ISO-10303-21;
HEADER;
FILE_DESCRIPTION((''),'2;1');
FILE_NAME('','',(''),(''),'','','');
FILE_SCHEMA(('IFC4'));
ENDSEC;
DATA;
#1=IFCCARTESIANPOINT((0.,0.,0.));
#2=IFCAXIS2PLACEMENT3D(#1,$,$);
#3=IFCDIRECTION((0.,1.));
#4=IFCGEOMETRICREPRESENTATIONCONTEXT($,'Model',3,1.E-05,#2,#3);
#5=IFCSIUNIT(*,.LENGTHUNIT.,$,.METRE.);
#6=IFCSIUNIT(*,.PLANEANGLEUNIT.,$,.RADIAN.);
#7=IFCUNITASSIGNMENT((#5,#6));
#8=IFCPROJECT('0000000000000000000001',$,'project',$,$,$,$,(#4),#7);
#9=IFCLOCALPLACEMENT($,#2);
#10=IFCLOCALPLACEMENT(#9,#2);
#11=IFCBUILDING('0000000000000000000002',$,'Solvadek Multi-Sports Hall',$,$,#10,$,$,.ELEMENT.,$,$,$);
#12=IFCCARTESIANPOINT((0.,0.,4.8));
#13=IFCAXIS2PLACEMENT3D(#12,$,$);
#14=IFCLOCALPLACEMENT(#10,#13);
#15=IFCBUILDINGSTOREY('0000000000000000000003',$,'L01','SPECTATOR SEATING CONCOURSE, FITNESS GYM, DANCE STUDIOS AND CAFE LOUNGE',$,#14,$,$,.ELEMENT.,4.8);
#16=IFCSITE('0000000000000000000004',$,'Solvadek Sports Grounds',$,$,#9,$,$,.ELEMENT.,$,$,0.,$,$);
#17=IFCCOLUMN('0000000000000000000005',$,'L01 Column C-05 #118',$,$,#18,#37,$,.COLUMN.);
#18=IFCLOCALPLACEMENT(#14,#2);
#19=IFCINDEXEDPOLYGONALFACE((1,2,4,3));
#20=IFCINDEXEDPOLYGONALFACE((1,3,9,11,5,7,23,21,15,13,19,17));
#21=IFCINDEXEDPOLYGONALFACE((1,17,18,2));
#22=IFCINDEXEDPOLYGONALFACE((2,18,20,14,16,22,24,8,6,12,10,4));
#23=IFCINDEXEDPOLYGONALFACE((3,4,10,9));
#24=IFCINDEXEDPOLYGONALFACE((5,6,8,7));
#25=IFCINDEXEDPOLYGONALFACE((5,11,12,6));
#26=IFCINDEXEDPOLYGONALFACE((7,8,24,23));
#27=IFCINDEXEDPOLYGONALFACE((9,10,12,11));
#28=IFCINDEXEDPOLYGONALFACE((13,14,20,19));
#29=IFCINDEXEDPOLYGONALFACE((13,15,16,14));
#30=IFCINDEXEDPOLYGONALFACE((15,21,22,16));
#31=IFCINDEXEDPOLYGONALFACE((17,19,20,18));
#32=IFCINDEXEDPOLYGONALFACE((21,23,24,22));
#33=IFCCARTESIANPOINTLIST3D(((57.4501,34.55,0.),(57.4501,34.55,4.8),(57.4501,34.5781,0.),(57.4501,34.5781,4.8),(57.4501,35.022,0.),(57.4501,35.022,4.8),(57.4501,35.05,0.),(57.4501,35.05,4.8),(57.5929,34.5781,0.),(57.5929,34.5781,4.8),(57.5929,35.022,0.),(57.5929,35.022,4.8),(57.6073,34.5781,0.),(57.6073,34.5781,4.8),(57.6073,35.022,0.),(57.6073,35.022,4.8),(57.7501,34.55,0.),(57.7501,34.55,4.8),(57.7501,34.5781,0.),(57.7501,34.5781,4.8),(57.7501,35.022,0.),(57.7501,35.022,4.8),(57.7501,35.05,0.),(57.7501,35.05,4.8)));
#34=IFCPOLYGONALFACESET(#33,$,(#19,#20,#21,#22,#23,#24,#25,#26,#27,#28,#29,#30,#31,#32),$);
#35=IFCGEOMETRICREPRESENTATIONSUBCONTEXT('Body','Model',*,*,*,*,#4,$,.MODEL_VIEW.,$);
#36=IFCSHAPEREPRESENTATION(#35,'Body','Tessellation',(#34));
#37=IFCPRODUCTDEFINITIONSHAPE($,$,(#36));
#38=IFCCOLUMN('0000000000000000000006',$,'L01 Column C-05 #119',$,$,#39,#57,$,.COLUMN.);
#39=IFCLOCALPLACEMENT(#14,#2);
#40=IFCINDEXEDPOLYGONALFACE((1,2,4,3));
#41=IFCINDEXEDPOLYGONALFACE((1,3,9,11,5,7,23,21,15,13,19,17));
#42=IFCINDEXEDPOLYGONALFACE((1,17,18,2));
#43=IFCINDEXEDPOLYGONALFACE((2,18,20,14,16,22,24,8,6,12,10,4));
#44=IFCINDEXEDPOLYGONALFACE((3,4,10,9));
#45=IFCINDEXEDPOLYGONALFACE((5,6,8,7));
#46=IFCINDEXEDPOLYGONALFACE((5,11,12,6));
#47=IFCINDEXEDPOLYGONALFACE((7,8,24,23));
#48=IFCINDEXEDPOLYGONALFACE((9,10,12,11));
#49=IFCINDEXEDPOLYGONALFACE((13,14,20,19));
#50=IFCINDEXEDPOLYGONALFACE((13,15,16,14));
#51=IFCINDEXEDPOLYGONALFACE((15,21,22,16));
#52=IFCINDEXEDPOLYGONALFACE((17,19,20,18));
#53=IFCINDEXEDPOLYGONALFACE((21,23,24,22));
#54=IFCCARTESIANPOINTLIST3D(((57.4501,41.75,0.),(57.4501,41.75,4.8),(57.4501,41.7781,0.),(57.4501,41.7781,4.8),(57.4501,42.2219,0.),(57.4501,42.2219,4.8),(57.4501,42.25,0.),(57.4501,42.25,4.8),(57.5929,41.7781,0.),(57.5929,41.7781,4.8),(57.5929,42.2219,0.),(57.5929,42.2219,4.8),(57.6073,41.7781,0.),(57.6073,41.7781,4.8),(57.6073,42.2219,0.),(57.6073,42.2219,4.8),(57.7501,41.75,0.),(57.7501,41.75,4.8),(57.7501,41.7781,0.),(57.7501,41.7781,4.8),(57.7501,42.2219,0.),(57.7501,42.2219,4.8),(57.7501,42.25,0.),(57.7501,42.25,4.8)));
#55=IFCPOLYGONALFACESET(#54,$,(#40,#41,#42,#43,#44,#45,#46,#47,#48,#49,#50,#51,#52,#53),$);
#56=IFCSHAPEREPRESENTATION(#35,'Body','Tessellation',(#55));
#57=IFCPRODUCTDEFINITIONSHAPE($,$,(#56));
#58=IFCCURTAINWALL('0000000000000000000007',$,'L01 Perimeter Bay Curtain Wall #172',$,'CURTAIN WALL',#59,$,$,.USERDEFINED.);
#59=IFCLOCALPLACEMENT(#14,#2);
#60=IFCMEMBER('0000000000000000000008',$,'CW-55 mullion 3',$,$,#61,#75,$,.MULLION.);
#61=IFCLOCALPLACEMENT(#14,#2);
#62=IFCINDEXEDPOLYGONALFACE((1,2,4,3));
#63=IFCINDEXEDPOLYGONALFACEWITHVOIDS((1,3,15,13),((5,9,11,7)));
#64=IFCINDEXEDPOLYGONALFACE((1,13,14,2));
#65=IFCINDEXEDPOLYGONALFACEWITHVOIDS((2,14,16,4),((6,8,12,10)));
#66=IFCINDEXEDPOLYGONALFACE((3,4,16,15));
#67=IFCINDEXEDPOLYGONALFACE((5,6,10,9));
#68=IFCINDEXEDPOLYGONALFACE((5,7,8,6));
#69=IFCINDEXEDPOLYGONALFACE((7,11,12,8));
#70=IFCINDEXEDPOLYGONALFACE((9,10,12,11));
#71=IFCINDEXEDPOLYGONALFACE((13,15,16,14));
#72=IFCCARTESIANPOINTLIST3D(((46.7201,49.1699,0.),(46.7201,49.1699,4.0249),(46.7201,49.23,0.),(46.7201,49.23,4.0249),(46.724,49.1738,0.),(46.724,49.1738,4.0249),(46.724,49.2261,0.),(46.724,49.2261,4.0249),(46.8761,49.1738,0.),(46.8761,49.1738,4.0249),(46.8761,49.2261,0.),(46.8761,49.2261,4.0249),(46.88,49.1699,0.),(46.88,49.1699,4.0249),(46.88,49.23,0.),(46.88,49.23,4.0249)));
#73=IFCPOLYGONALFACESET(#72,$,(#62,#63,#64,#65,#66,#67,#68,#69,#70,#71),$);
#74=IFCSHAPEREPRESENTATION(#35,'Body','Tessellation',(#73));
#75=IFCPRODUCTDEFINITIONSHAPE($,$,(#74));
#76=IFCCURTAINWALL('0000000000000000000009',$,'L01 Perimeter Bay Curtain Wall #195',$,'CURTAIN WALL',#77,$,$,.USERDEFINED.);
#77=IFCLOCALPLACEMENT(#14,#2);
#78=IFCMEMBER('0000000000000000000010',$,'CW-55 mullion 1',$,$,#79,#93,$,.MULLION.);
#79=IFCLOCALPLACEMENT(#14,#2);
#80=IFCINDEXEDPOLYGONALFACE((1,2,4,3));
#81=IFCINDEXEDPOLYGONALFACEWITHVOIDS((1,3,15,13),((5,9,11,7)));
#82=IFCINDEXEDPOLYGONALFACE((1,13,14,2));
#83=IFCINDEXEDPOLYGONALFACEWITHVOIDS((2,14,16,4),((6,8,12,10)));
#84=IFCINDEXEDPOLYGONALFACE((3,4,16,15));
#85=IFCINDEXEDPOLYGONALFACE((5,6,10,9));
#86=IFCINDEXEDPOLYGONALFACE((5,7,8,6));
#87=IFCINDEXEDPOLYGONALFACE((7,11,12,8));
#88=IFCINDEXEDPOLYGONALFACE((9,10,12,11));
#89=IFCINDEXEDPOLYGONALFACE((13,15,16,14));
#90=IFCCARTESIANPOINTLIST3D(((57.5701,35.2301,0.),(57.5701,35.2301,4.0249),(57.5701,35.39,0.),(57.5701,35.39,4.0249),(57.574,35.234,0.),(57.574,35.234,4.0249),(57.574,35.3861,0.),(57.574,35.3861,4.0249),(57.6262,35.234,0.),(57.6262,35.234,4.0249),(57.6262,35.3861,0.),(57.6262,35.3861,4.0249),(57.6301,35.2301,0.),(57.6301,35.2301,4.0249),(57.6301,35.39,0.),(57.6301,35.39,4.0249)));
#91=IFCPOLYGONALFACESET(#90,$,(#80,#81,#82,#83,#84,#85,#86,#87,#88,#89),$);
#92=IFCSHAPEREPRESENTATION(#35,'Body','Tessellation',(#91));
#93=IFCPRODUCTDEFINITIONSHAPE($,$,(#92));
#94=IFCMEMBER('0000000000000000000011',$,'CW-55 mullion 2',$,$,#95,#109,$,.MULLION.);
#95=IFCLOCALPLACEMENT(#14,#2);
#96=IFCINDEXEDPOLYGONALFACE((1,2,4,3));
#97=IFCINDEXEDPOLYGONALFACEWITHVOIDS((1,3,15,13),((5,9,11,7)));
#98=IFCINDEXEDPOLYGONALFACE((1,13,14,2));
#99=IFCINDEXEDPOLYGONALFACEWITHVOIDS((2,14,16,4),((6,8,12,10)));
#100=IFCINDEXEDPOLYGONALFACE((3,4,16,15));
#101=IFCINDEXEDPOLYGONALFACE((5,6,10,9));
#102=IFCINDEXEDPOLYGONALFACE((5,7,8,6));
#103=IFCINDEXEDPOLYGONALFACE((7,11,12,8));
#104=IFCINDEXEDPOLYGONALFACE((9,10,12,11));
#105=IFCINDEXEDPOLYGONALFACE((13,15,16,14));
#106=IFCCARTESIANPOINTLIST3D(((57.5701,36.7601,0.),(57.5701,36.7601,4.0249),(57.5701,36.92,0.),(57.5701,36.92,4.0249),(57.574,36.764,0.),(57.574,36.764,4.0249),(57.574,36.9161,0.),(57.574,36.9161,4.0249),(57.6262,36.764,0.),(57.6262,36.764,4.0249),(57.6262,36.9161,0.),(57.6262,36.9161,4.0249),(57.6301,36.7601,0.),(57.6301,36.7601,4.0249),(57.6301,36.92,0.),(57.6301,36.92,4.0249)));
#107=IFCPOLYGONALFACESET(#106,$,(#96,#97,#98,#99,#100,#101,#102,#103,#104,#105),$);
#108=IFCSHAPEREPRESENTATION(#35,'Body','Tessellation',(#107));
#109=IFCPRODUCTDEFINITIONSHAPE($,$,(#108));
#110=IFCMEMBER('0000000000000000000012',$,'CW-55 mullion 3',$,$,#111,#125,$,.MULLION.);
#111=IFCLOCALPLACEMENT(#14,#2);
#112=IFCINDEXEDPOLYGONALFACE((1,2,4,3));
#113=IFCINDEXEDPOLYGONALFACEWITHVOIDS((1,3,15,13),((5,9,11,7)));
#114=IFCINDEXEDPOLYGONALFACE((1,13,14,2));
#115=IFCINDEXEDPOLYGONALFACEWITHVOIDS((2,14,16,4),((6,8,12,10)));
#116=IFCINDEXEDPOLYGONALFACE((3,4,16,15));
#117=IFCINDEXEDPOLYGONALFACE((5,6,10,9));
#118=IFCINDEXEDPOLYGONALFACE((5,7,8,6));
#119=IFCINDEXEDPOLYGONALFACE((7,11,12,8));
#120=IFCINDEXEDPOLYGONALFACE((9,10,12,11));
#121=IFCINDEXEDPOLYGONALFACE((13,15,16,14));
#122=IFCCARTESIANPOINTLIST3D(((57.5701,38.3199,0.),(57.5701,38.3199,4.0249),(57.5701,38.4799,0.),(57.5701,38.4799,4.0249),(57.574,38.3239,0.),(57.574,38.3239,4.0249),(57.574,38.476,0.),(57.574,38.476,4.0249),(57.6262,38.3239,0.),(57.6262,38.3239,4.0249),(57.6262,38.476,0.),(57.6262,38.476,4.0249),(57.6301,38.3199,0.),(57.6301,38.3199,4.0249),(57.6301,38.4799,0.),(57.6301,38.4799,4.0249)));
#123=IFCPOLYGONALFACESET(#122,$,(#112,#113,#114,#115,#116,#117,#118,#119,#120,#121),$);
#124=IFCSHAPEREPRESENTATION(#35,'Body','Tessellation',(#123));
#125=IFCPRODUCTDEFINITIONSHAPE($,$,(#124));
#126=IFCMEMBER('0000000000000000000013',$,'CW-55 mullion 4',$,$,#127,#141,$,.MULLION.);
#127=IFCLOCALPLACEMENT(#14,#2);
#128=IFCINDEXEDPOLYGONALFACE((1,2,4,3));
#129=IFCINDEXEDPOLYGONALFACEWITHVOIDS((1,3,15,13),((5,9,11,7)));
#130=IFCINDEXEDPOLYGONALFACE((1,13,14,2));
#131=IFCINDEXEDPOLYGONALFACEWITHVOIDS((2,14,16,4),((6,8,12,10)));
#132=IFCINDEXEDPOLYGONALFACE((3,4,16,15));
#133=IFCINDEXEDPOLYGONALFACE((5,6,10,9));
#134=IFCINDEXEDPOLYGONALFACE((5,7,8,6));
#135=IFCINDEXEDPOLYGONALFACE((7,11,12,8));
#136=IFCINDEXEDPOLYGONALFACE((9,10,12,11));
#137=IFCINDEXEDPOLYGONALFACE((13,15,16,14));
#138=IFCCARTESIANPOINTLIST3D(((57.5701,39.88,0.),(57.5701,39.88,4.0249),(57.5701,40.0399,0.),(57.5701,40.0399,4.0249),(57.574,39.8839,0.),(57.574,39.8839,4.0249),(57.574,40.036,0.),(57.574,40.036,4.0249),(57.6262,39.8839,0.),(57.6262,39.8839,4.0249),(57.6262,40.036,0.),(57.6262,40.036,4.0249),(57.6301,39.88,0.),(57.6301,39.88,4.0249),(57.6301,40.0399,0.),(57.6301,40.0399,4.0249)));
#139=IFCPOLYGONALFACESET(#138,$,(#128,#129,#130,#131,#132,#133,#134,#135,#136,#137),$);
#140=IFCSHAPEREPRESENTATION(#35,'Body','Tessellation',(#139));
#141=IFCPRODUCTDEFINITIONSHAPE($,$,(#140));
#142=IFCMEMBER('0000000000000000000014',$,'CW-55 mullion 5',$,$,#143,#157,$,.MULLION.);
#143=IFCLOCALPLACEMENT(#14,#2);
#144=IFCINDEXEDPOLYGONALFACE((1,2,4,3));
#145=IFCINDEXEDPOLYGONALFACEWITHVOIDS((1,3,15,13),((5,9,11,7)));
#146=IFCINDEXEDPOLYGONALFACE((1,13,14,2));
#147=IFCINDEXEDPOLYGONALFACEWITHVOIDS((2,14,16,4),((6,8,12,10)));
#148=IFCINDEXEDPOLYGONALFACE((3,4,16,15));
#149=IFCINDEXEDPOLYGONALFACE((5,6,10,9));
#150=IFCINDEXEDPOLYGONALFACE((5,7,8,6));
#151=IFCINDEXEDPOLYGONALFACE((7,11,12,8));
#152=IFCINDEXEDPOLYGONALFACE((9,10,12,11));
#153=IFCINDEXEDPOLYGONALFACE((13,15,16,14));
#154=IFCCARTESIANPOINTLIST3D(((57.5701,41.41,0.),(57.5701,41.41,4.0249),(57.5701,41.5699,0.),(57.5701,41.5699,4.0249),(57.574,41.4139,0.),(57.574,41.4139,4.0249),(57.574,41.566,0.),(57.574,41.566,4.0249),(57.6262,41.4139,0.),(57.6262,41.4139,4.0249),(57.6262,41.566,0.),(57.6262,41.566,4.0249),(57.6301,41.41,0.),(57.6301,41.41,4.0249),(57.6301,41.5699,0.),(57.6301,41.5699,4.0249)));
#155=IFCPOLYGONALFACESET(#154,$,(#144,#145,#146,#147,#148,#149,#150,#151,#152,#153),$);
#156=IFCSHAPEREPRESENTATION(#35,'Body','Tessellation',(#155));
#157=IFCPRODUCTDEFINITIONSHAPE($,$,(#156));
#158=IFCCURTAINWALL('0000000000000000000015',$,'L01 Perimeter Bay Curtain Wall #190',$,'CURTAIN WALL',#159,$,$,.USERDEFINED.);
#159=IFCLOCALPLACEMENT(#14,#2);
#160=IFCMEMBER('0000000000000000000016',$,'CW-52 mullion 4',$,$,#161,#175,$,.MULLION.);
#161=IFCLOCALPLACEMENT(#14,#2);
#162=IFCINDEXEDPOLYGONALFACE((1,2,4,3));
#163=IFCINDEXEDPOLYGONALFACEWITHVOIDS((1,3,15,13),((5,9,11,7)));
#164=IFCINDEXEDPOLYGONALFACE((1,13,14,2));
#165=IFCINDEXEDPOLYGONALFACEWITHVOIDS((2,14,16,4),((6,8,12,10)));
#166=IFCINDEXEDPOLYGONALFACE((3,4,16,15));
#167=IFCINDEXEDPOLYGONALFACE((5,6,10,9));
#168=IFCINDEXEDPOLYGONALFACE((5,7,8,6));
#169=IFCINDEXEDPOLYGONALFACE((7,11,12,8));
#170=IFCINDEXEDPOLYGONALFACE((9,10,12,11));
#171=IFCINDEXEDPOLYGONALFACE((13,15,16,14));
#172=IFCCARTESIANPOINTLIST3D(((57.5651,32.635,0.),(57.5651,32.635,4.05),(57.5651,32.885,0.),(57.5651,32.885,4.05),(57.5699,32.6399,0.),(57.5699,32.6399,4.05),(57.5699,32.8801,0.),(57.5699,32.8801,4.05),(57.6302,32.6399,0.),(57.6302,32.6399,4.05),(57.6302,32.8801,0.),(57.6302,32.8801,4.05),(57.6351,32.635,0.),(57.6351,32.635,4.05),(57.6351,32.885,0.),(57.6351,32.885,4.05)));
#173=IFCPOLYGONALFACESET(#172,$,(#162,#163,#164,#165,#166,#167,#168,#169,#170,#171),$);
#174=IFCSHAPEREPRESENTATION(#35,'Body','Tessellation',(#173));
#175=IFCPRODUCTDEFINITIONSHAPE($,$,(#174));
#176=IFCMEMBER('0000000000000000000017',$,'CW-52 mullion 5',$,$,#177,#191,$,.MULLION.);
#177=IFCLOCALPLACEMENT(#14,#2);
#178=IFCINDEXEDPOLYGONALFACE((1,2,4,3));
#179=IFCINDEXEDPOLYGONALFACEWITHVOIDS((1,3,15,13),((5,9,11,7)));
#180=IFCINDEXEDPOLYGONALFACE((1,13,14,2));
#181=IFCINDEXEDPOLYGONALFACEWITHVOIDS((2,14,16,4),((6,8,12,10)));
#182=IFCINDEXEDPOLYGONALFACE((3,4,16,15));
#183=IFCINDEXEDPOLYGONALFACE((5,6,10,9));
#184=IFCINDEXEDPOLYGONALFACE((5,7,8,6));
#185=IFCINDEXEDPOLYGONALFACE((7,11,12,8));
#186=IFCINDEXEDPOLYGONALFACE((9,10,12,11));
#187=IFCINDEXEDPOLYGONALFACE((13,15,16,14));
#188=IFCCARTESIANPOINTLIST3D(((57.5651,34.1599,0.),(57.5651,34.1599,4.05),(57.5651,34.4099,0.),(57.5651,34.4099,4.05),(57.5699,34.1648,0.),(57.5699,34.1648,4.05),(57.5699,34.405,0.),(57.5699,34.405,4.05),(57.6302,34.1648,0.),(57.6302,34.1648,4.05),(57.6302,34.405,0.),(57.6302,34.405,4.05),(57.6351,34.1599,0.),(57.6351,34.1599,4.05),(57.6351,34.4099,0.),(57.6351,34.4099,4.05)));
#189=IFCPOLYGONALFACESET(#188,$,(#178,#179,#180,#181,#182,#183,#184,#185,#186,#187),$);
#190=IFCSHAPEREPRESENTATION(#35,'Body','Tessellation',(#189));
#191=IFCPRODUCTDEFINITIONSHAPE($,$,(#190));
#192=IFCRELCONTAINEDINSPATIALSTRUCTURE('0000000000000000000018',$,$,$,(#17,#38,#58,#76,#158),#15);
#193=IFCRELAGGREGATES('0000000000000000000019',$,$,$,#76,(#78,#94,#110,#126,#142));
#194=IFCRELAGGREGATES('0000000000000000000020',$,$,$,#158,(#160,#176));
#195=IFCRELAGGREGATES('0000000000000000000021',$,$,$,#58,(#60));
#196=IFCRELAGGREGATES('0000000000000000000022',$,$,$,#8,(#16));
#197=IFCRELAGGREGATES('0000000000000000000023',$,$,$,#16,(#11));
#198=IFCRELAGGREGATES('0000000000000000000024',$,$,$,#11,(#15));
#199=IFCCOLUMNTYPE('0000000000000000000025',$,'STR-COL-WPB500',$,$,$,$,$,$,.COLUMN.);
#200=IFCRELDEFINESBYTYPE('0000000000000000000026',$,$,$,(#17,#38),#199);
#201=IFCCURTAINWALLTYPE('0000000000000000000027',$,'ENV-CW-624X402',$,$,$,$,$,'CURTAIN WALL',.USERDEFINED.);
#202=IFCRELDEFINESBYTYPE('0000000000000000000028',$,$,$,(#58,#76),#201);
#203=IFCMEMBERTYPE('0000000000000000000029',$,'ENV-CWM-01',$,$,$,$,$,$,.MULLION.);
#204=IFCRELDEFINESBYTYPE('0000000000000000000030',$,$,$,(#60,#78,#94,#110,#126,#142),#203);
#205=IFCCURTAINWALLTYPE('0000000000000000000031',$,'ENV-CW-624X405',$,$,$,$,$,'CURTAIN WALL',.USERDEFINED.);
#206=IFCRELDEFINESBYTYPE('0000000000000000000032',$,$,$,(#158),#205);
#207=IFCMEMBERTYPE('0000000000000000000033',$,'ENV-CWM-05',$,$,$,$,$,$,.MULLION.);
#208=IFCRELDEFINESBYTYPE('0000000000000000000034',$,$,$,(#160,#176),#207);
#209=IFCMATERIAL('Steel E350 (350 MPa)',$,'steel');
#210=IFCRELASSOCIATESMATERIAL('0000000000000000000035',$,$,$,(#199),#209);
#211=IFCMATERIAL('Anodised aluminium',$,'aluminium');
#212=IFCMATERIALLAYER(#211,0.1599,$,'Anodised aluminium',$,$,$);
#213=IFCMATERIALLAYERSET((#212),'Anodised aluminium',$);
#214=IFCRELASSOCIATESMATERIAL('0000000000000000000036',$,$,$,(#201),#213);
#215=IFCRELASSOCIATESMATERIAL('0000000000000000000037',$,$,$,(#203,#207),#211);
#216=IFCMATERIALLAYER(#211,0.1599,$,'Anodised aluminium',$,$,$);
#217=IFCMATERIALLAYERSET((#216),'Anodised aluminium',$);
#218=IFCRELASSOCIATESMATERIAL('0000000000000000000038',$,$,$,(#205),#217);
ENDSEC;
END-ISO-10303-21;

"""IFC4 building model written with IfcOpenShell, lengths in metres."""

from ifc_helpers import new_model, si_unit, direction, frame, origin, origin_2d, place, context, subcontext, project, spatial, hollow_rectangle, i_section, extrude, material, layer, layer_set, material_profile, profile_set, type_object, element, aggregate, save


model = new_model("IFC4")

# Units and contexts
model_context = context("Model", 3, precision=1e-05, world=origin(), true_north=direction((0.0, 1.0)))
body_context = subcontext(model_context, "Body", "Model", "MODEL_VIEW")
ifc_project = project(units=[si_unit("LENGTHUNIT", "METRE"), si_unit("PLANEANGLEUNIT", "RADIAN")], contexts=[model_context])

# Site, building, storey
site_placement = place(None, origin())
site = spatial("IfcSite", under=ifc_project, at=site_placement, Name="Solvadek Sports Grounds", CompositionType="ELEMENT", RefElevation=0.0)
building_placement = place(site_placement, origin())
building = spatial("IfcBuilding", under=site, at=building_placement, Name="Solvadek Multi-Sports Hall", CompositionType="ELEMENT")
storey_placement = place(building_placement, frame((0.0, 0.0, 4.8)))
storey = spatial("IfcBuildingStorey", under=building, at=storey_placement, Name="L01", Description="SPECTATOR SEATING CONCOURSE, FITNESS GYM, DANCE STUDIOS AND CAFE LOUNGE", CompositionType="ELEMENT", Elevation=4.8)

# Columns
ifc_material_1 = material(Name="Steel E350 (350 MPa)", Category="steel")
ifc_material_profile_1 = material_profile(ifc_material_1, i_section(OverallWidth=0.3, OverallDepth=0.5, WebThickness=0.0144, FlangeThickness=0.0281, at=origin_2d()), Name="WPB 500")
ifc_profile_set_1 = profile_set([ifc_material_profile_1], Name="Steel E350 (350 MPa)")
column_type = type_object("IfcColumnType", Name="STR-COL-WPB500", PredefinedType="COLUMN", material=ifc_profile_set_1)
for number, where, z_axis, x_axis, name in (
    (1, (57.6001, 34.8, 0.0), (0.0, 0.0, 1.0), (1.0, 0.0, 0.0), "L01 Column C-05 #118"),
    (2, (57.6001, 42.0, 0.0), (0.0, 0.0, 1.0), (1.0, 0.0, 0.0), "L01 Column C-05 #119"),
):
    element("IfcColumn", number, at=place(storey_placement, frame(where, z_axis=z_axis, x_axis=x_axis)), inside=storey, type_object=column_type, Name=name, PredefinedType="COLUMN", context=body_context, shape_type="SweptSolid", body=[
        extrude(i_section(OverallWidth=0.3, OverallDepth=0.5, WebThickness=0.0144, FlangeThickness=0.0281, at=origin_2d()), origin(), (0.0, 0.0, 1.0), 4.8),
    ])

# Curtain wall, member
ifc_material_2 = material(Name="Anodised aluminium", Category="aluminium")
ifc_layer_1 = layer(ifc_material_2, 0.1599, Name="Anodised aluminium")
ifc_layer_set_1 = layer_set([ifc_layer_1], Name="Anodised aluminium")
curtain_wall_type_1 = type_object("IfcCurtainWallType", Name="ENV-CW-624X402", ElementType="CURTAIN WALL", PredefinedType="USERDEFINED", material=ifc_layer_set_1)
curtain_wall_1_placement = place(storey_placement, origin())
curtain_wall_1 = element("IfcCurtainWall", 3, at=curtain_wall_1_placement, inside=storey, type_object=curtain_wall_type_1, Name="L01 Perimeter Bay Curtain Wall #172", ObjectType="CURTAIN WALL", PredefinedType="USERDEFINED")
ifc_material_profile_2 = material_profile(ifc_material_2, hollow_rectangle(XDim=0.0601, YDim=0.1599, WallThickness=0.0039, at=origin_2d()), Name="ALU-M 160x60x4")
ifc_profile_set_2 = profile_set([ifc_material_profile_2], Name="Anodised aluminium")
member_type_1 = type_object("IfcMemberType", Name="ENV-CWM-01", PredefinedType="MULLION", material=ifc_profile_set_2)
member_1_placement = place(storey_placement, frame((46.8, 49.2, 0.0), z_axis=(0.0, 0.0, 1.0), x_axis=(0.0, 1.0, 0.0)))
member_1 = element("IfcMember", 4, at=member_1_placement, type_object=member_type_1, Name="CW-55 mullion 3", PredefinedType="MULLION", context=body_context, shape_type="SweptSolid", body=[
    extrude(hollow_rectangle(XDim=0.0601, YDim=0.1599, WallThickness=0.0039, at=origin_2d()), origin(), (0.0, 0.0, 1.0), 4.0249),
])

# Curtain walls, members
curtain_wall_2_placement = place(storey_placement, origin())
curtain_wall_2 = element("IfcCurtainWall", 5, at=curtain_wall_2_placement, inside=storey, type_object=curtain_wall_type_1, Name="L01 Perimeter Bay Curtain Wall #195", ObjectType="CURTAIN WALL", PredefinedType="USERDEFINED")
member_2_placement = place(storey_placement, frame((57.6001, 35.3101, 0.0), z_axis=(0.0, 0.0, 1.0), x_axis=(-1.0, 0.0, 0.0)))
member_2 = element("IfcMember", 6, at=member_2_placement, type_object=member_type_1, Name="CW-55 mullion 1", PredefinedType="MULLION", context=body_context, shape_type="SweptSolid", body=[
    extrude(hollow_rectangle(XDim=0.0601, YDim=0.1599, WallThickness=0.0039, at=origin_2d()), origin(), (0.0, 0.0, 1.0), 4.0249),
])
member_3_placement = place(storey_placement, frame((57.6001, 36.8401, 0.0), z_axis=(0.0, 0.0, 1.0), x_axis=(-1.0, 0.0, 0.0)))
member_3 = element("IfcMember", 7, at=member_3_placement, type_object=member_type_1, Name="CW-55 mullion 2", PredefinedType="MULLION", context=body_context, shape_type="SweptSolid", body=[
    extrude(hollow_rectangle(XDim=0.0601, YDim=0.1599, WallThickness=0.0039, at=origin_2d()), origin(), (0.0, 0.0, 1.0), 4.0249),
])
member_4_placement = place(storey_placement, frame((57.6001, 38.3999, 0.0), z_axis=(0.0, 0.0, 1.0), x_axis=(-1.0, 0.0, 0.0)))
member_4 = element("IfcMember", 8, at=member_4_placement, type_object=member_type_1, Name="CW-55 mullion 3", PredefinedType="MULLION", context=body_context, shape_type="SweptSolid", body=[
    extrude(hollow_rectangle(XDim=0.0601, YDim=0.1599, WallThickness=0.0039, at=origin_2d()), origin(), (0.0, 0.0, 1.0), 4.0249),
])
member_5_placement = place(storey_placement, frame((57.6001, 39.96, 0.0), z_axis=(0.0, 0.0, 1.0), x_axis=(-1.0, 0.0, 0.0)))
member_5 = element("IfcMember", 9, at=member_5_placement, type_object=member_type_1, Name="CW-55 mullion 4", PredefinedType="MULLION", context=body_context, shape_type="SweptSolid", body=[
    extrude(hollow_rectangle(XDim=0.0601, YDim=0.1599, WallThickness=0.0039, at=origin_2d()), origin(), (0.0, 0.0, 1.0), 4.0249),
])
member_6_placement = place(storey_placement, frame((57.6001, 41.49, 0.0), z_axis=(0.0, 0.0, 1.0), x_axis=(-1.0, 0.0, 0.0)))
member_6 = element("IfcMember", 10, at=member_6_placement, type_object=member_type_1, Name="CW-55 mullion 5", PredefinedType="MULLION", context=body_context, shape_type="SweptSolid", body=[
    extrude(hollow_rectangle(XDim=0.0601, YDim=0.1599, WallThickness=0.0039, at=origin_2d()), origin(), (0.0, 0.0, 1.0), 4.0249),
])
ifc_layer_2 = layer(ifc_material_2, 0.1599, Name="Anodised aluminium")
ifc_layer_set_2 = layer_set([ifc_layer_2], Name="Anodised aluminium")
curtain_wall_type_2 = type_object("IfcCurtainWallType", Name="ENV-CW-624X405", ElementType="CURTAIN WALL", PredefinedType="USERDEFINED", material=ifc_layer_set_2)
curtain_wall_3_placement = place(storey_placement, origin())
curtain_wall_3 = element("IfcCurtainWall", 11, at=curtain_wall_3_placement, inside=storey, type_object=curtain_wall_type_2, Name="L01 Perimeter Bay Curtain Wall #190", ObjectType="CURTAIN WALL", PredefinedType="USERDEFINED")
ifc_material_profile_3 = material_profile(ifc_material_2, hollow_rectangle(XDim=0.0701, YDim=0.25, WallThickness=0.0049, at=origin_2d()), Name="ALU-M 250x70x5")
ifc_profile_set_3 = profile_set([ifc_material_profile_3], Name="Anodised aluminium")
member_type_2 = type_object("IfcMemberType", Name="ENV-CWM-05", PredefinedType="MULLION", material=ifc_profile_set_3)
member_7_placement = place(storey_placement, frame((57.6001, 32.76, 0.0), z_axis=(0.0, 0.0, 1.0), x_axis=(-1.0, 0.0, 0.0)))
member_7 = element("IfcMember", 12, at=member_7_placement, type_object=member_type_2, Name="CW-52 mullion 4", PredefinedType="MULLION", context=body_context, shape_type="SweptSolid", body=[
    extrude(hollow_rectangle(XDim=0.0701, YDim=0.25, WallThickness=0.0049, at=origin_2d()), origin(), (0.0, 0.0, 1.0), 4.05),
])
member_8_placement = place(storey_placement, frame((57.6001, 34.2849, 0.0), z_axis=(0.0, 0.0, 1.0), x_axis=(-1.0, 0.0, 0.0)))
member_8 = element("IfcMember", 13, at=member_8_placement, type_object=member_type_2, Name="CW-52 mullion 5", PredefinedType="MULLION", context=body_context, shape_type="SweptSolid", body=[
    extrude(hollow_rectangle(XDim=0.0701, YDim=0.25, WallThickness=0.0049, at=origin_2d()), origin(), (0.0, 0.0, 1.0), 4.05),
])

aggregate(curtain_wall_2, [member_2, member_3, member_4, member_5, member_6])

aggregate(curtain_wall_3, [member_7, member_8])
aggregate(curtain_wall_1, [member_1])

save(model, "model.ifc")
